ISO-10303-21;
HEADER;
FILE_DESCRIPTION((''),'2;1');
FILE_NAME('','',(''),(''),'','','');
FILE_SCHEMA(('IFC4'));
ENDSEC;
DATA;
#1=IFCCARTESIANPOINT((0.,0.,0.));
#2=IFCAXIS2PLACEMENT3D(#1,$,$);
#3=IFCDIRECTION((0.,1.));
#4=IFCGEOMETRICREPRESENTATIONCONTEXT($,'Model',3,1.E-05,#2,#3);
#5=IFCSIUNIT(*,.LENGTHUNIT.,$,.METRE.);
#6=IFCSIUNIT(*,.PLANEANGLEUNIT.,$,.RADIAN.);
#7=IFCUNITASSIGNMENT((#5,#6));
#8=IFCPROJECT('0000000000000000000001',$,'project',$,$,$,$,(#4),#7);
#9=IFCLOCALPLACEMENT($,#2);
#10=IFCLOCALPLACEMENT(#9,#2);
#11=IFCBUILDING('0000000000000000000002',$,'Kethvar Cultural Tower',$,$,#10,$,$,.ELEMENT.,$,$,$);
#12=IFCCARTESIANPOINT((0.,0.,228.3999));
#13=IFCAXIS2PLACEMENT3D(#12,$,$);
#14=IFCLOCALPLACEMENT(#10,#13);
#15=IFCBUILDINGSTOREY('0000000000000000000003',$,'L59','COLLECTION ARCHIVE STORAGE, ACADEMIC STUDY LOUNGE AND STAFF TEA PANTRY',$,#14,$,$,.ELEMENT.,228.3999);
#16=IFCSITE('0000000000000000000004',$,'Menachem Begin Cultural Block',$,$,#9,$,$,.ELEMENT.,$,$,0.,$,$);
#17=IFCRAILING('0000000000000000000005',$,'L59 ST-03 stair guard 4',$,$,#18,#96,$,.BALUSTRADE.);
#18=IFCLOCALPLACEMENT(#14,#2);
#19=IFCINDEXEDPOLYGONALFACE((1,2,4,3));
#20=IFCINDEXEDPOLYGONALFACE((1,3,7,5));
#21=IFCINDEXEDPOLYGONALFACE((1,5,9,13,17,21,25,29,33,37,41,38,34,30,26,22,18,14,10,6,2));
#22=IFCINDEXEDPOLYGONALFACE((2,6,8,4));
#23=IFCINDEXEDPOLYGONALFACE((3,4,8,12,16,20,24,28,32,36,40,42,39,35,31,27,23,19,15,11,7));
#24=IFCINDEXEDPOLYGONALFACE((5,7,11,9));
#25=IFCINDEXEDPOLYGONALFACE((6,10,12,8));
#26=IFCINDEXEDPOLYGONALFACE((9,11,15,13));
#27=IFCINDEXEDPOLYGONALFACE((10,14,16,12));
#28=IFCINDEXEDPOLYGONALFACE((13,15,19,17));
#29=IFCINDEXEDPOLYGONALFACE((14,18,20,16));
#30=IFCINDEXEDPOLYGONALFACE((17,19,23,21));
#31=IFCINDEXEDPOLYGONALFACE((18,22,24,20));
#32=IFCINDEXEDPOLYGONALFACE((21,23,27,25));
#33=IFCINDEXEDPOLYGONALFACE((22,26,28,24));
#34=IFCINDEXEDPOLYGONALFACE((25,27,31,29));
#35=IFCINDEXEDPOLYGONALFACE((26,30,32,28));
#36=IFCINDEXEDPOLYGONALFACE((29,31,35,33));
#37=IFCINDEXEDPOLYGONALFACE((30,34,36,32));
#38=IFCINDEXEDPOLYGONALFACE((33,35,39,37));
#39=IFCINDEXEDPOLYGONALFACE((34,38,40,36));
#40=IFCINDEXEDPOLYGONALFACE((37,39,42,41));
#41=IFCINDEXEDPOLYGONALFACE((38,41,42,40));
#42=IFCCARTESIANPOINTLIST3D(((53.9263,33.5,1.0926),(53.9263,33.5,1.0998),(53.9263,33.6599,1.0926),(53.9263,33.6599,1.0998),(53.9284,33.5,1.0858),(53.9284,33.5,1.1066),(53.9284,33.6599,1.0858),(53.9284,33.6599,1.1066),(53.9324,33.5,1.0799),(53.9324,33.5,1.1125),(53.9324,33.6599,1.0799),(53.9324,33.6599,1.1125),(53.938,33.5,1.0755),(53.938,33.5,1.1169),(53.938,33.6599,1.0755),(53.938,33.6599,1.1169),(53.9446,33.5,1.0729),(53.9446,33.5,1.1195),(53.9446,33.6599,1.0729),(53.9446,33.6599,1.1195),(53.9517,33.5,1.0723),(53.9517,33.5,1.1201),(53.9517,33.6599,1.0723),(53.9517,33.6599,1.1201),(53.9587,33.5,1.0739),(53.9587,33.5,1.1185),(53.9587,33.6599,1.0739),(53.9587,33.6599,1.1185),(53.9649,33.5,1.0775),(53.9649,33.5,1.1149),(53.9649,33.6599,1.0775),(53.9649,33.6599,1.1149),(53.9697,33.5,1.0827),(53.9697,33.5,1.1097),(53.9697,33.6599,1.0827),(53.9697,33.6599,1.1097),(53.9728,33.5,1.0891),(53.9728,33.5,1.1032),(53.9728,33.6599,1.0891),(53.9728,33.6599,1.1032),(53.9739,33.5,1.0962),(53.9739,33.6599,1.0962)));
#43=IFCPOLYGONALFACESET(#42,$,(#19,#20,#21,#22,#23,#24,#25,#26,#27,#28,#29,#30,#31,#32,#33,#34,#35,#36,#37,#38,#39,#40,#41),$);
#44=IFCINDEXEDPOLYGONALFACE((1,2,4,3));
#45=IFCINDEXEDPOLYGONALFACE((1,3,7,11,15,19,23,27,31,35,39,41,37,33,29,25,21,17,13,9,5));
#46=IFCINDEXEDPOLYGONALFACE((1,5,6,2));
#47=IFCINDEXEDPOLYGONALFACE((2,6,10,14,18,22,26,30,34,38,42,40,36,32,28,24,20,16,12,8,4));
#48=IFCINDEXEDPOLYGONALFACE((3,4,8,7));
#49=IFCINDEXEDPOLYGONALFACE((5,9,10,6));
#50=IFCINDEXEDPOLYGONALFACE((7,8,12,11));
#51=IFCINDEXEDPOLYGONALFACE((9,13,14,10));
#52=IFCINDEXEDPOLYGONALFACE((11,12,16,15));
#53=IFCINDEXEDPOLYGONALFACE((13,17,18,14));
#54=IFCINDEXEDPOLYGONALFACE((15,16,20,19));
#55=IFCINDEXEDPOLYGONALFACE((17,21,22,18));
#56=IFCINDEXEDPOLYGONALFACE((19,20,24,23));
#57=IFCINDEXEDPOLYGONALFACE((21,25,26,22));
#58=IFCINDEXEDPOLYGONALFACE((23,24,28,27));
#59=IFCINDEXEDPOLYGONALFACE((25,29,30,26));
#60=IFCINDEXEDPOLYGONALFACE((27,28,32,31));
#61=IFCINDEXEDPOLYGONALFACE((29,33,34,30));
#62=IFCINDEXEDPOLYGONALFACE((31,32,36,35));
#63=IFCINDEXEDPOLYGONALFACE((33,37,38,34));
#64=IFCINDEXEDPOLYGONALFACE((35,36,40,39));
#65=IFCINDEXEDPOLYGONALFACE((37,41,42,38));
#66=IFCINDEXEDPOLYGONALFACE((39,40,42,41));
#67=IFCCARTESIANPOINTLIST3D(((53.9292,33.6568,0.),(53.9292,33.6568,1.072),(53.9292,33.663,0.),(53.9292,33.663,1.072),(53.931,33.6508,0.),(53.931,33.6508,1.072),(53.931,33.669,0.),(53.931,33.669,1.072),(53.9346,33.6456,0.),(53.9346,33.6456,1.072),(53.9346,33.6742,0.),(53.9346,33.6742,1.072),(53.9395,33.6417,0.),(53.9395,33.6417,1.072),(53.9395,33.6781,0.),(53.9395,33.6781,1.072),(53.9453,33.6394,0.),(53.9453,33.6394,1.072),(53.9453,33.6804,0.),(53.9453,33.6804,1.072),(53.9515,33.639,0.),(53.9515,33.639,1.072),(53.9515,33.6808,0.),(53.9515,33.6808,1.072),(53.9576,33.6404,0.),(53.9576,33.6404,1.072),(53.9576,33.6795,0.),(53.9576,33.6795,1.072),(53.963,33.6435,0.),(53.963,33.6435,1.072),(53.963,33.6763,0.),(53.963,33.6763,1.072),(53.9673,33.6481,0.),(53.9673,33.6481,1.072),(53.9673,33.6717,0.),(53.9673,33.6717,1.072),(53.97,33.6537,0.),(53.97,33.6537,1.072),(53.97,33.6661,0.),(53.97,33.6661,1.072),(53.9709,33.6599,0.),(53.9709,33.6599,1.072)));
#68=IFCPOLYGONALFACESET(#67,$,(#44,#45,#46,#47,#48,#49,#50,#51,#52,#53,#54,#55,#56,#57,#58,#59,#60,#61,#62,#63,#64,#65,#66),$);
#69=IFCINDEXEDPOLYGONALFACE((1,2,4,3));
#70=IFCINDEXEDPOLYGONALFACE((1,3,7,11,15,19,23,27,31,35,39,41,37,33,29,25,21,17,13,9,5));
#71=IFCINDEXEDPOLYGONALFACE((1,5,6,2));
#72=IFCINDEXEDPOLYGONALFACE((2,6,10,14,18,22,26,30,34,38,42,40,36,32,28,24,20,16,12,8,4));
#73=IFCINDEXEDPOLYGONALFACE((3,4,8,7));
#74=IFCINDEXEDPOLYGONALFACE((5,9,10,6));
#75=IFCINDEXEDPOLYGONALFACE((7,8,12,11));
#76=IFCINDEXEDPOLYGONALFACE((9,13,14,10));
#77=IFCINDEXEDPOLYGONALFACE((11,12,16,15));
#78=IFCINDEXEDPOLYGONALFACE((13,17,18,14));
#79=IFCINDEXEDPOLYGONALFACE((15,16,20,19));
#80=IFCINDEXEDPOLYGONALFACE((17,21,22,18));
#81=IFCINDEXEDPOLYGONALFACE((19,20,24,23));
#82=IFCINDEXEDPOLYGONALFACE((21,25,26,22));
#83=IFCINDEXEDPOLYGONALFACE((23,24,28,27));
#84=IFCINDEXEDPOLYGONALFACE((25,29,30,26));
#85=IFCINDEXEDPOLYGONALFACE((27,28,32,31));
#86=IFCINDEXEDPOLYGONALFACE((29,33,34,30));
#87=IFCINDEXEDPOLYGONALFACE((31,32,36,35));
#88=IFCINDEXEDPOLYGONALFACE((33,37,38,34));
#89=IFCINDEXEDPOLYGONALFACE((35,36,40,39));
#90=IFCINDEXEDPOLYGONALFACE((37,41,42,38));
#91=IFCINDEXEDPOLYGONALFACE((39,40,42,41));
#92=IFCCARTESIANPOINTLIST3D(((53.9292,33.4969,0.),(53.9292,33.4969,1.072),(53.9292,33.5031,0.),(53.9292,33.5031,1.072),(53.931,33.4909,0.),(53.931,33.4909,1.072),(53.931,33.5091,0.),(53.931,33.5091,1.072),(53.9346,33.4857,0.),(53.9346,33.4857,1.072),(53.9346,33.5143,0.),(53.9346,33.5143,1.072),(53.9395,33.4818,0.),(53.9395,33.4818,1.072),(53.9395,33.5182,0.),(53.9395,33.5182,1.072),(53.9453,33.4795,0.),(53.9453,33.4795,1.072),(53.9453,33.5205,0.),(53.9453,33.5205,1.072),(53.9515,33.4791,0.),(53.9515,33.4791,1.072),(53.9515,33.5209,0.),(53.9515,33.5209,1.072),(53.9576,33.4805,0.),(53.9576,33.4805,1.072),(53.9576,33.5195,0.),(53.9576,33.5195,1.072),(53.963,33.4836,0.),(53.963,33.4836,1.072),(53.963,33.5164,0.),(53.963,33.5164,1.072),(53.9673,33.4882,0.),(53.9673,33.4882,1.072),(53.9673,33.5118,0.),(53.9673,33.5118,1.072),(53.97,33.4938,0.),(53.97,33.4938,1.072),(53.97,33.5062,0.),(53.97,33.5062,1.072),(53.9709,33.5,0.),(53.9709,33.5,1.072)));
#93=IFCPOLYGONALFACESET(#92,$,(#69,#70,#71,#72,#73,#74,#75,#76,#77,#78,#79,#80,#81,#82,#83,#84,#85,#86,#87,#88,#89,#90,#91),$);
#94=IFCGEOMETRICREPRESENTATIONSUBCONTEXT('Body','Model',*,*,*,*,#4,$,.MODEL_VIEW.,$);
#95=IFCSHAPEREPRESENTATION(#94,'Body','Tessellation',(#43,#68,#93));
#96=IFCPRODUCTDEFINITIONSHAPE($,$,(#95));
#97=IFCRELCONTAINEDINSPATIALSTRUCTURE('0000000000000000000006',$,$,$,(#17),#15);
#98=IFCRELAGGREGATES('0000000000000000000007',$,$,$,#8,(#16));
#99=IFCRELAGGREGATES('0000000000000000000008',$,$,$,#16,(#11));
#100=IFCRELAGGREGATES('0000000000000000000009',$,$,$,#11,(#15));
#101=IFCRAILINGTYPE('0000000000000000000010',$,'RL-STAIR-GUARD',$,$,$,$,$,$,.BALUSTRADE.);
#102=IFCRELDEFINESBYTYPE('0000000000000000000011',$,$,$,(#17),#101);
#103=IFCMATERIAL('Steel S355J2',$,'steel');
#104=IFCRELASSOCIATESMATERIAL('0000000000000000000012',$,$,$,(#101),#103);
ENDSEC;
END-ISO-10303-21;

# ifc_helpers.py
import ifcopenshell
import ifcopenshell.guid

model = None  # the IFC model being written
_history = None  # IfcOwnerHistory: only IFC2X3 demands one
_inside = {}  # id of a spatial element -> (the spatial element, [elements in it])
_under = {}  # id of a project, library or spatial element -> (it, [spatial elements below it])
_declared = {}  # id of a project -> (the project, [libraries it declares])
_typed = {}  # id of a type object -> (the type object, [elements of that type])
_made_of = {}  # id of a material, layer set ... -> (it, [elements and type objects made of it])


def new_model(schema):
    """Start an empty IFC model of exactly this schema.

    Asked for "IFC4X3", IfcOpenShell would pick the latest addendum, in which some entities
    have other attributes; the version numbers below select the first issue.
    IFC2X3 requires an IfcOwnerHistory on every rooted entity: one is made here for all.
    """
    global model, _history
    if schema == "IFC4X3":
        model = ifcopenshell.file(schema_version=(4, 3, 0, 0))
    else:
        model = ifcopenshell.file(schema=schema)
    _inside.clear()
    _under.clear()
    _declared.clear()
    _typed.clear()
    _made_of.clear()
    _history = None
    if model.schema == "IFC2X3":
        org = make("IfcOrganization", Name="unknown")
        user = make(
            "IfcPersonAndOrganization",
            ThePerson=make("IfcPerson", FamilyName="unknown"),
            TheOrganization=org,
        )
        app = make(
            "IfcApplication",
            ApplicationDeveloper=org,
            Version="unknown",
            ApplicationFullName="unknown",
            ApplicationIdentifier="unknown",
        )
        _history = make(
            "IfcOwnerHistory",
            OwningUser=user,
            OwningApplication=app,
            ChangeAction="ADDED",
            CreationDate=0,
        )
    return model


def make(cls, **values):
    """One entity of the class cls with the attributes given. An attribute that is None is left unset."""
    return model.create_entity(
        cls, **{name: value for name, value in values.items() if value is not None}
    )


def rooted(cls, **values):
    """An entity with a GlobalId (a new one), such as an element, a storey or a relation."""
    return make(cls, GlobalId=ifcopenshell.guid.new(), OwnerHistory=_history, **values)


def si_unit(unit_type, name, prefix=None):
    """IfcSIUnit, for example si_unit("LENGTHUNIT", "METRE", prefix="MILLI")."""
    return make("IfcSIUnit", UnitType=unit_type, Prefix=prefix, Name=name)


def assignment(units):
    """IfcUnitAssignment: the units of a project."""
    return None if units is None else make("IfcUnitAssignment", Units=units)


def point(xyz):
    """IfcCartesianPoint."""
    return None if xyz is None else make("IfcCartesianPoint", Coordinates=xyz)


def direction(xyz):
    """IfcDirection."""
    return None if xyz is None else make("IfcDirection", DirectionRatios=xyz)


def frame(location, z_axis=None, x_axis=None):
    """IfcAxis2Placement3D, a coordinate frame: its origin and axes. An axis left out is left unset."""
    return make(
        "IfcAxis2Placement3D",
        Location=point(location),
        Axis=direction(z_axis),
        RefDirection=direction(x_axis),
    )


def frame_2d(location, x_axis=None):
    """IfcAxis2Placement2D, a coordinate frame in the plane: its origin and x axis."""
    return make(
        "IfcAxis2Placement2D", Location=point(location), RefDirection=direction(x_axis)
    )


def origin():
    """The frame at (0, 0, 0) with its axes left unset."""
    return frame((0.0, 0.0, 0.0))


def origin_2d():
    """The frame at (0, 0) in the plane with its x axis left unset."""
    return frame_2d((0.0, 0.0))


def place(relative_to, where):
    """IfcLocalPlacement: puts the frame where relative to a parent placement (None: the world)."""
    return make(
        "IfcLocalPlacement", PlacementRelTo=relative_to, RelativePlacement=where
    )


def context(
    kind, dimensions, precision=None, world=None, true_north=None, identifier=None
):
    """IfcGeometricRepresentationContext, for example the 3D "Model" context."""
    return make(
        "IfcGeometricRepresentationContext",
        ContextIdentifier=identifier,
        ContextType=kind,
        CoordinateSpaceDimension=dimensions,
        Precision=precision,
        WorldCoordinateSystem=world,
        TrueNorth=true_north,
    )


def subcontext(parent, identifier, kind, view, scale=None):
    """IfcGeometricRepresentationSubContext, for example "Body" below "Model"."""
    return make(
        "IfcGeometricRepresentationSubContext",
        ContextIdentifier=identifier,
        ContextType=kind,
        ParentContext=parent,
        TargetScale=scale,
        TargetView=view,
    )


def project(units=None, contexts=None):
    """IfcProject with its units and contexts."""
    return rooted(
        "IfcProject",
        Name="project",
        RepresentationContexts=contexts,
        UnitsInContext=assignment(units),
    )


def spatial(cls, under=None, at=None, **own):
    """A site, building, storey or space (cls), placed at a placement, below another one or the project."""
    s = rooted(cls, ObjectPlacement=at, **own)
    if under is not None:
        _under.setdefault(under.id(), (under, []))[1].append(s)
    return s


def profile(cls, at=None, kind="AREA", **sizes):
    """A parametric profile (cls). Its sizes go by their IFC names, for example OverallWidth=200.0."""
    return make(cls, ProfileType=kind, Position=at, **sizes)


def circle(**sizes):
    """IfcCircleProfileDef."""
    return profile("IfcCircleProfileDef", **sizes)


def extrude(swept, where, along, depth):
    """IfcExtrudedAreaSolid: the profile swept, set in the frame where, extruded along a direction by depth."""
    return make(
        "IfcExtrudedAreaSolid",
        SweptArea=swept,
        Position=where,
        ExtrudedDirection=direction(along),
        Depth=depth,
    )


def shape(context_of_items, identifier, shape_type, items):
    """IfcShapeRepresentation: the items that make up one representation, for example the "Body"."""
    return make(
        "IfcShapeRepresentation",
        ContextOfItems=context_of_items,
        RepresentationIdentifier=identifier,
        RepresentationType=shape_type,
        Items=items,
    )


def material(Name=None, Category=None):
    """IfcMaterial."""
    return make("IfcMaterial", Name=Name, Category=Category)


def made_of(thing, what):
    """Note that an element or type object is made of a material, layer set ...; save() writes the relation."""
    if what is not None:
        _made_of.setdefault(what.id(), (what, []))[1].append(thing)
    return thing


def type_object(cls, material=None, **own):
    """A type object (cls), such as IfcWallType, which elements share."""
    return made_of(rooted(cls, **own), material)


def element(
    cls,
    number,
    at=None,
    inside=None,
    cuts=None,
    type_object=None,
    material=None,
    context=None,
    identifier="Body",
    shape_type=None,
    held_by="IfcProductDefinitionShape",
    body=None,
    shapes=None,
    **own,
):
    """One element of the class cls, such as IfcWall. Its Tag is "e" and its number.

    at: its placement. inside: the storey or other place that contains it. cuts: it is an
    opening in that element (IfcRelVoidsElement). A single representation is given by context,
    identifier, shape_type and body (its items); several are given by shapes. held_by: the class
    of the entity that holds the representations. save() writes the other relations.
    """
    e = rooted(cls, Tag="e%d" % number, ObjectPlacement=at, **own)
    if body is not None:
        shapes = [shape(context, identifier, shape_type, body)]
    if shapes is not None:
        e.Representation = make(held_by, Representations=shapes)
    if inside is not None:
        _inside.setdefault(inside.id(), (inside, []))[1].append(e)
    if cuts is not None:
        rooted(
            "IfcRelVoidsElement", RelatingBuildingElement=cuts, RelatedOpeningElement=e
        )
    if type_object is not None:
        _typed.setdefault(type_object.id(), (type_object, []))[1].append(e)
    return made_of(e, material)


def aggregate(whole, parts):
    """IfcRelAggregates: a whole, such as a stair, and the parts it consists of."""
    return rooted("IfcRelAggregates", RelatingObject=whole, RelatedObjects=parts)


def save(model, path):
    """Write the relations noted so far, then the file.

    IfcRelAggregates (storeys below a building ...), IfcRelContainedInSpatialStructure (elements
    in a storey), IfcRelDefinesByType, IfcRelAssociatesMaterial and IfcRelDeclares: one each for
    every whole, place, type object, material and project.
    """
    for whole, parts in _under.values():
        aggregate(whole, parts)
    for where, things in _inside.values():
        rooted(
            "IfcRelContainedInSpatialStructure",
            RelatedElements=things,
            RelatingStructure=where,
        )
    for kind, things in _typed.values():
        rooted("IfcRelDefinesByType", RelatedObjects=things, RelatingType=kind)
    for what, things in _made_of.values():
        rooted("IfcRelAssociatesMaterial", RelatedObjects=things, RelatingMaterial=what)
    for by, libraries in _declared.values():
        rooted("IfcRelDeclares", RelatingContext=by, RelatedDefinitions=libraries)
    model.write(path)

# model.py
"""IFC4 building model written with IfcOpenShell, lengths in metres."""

from ifc_helpers import new_model, si_unit, direction, frame, origin, origin_2d, place, context, subcontext, project, spatial, circle, extrude, material, type_object, element, save


model = new_model("IFC4")

# Units and contexts
model_context = context("Model", 3, precision=1e-05, world=origin(), true_north=direction((0.0, 1.0)))
body_context = subcontext(model_context, "Body", "Model", "MODEL_VIEW")
ifc_project = project(units=[si_unit("LENGTHUNIT", "METRE"), si_unit("PLANEANGLEUNIT", "RADIAN")], contexts=[model_context])

# Site, building, storey
site_placement = place(None, origin())
site = spatial("IfcSite", under=ifc_project, at=site_placement, Name="Menachem Begin Cultural Block", CompositionType="ELEMENT", RefElevation=0.0)
building_placement = place(site_placement, origin())
building = spatial("IfcBuilding", under=site, at=building_placement, Name="Kethvar Cultural Tower", CompositionType="ELEMENT")
storey_placement = place(building_placement, frame((0.0, 0.0, 228.3999)))
storey = spatial("IfcBuildingStorey", under=building, at=storey_placement, Name="L59", Description="COLLECTION ARCHIVE STORAGE, ACADEMIC STUDY LOUNGE AND STAFF TEA PANTRY", CompositionType="ELEMENT", Elevation=228.3999)

# Shared definitions
ifc_material_1 = material(Name="Steel S355J2", Category="steel")

# Railing
railing_type_1 = type_object("IfcRailingType", Name="RL-STAIR-GUARD", PredefinedType="BALUSTRADE", material=ifc_material_1)
railing_1_placement = place(storey_placement, frame((53.95, 33.6599, 0.0)))
element("IfcRailing", 1, at=railing_1_placement, inside=storey, type_object=railing_type_1, Name="L59 ST-03 stair guard 4", PredefinedType="BALUSTRADE", context=body_context, shape_type="SweptSolid", body=[
    extrude(circle(Radius=0.0239, at=origin_2d()), frame((0.0, 0.0, 1.0962), z_axis=(0.0, -1.0, 0.0), x_axis=(1.0, 0.0, 0.0)), (0.0, 0.0, 1.0), 0.1599),
    extrude(circle(Radius=0.021, at=origin_2d()), origin(), (0.0, 0.0, 1.0), 1.072),
    extrude(circle(Radius=0.021, at=origin_2d()), frame((0.0, -0.1599, 0.0)), (0.0, 0.0, 1.0), 1.072),
])

save(model, "model.ifc")
